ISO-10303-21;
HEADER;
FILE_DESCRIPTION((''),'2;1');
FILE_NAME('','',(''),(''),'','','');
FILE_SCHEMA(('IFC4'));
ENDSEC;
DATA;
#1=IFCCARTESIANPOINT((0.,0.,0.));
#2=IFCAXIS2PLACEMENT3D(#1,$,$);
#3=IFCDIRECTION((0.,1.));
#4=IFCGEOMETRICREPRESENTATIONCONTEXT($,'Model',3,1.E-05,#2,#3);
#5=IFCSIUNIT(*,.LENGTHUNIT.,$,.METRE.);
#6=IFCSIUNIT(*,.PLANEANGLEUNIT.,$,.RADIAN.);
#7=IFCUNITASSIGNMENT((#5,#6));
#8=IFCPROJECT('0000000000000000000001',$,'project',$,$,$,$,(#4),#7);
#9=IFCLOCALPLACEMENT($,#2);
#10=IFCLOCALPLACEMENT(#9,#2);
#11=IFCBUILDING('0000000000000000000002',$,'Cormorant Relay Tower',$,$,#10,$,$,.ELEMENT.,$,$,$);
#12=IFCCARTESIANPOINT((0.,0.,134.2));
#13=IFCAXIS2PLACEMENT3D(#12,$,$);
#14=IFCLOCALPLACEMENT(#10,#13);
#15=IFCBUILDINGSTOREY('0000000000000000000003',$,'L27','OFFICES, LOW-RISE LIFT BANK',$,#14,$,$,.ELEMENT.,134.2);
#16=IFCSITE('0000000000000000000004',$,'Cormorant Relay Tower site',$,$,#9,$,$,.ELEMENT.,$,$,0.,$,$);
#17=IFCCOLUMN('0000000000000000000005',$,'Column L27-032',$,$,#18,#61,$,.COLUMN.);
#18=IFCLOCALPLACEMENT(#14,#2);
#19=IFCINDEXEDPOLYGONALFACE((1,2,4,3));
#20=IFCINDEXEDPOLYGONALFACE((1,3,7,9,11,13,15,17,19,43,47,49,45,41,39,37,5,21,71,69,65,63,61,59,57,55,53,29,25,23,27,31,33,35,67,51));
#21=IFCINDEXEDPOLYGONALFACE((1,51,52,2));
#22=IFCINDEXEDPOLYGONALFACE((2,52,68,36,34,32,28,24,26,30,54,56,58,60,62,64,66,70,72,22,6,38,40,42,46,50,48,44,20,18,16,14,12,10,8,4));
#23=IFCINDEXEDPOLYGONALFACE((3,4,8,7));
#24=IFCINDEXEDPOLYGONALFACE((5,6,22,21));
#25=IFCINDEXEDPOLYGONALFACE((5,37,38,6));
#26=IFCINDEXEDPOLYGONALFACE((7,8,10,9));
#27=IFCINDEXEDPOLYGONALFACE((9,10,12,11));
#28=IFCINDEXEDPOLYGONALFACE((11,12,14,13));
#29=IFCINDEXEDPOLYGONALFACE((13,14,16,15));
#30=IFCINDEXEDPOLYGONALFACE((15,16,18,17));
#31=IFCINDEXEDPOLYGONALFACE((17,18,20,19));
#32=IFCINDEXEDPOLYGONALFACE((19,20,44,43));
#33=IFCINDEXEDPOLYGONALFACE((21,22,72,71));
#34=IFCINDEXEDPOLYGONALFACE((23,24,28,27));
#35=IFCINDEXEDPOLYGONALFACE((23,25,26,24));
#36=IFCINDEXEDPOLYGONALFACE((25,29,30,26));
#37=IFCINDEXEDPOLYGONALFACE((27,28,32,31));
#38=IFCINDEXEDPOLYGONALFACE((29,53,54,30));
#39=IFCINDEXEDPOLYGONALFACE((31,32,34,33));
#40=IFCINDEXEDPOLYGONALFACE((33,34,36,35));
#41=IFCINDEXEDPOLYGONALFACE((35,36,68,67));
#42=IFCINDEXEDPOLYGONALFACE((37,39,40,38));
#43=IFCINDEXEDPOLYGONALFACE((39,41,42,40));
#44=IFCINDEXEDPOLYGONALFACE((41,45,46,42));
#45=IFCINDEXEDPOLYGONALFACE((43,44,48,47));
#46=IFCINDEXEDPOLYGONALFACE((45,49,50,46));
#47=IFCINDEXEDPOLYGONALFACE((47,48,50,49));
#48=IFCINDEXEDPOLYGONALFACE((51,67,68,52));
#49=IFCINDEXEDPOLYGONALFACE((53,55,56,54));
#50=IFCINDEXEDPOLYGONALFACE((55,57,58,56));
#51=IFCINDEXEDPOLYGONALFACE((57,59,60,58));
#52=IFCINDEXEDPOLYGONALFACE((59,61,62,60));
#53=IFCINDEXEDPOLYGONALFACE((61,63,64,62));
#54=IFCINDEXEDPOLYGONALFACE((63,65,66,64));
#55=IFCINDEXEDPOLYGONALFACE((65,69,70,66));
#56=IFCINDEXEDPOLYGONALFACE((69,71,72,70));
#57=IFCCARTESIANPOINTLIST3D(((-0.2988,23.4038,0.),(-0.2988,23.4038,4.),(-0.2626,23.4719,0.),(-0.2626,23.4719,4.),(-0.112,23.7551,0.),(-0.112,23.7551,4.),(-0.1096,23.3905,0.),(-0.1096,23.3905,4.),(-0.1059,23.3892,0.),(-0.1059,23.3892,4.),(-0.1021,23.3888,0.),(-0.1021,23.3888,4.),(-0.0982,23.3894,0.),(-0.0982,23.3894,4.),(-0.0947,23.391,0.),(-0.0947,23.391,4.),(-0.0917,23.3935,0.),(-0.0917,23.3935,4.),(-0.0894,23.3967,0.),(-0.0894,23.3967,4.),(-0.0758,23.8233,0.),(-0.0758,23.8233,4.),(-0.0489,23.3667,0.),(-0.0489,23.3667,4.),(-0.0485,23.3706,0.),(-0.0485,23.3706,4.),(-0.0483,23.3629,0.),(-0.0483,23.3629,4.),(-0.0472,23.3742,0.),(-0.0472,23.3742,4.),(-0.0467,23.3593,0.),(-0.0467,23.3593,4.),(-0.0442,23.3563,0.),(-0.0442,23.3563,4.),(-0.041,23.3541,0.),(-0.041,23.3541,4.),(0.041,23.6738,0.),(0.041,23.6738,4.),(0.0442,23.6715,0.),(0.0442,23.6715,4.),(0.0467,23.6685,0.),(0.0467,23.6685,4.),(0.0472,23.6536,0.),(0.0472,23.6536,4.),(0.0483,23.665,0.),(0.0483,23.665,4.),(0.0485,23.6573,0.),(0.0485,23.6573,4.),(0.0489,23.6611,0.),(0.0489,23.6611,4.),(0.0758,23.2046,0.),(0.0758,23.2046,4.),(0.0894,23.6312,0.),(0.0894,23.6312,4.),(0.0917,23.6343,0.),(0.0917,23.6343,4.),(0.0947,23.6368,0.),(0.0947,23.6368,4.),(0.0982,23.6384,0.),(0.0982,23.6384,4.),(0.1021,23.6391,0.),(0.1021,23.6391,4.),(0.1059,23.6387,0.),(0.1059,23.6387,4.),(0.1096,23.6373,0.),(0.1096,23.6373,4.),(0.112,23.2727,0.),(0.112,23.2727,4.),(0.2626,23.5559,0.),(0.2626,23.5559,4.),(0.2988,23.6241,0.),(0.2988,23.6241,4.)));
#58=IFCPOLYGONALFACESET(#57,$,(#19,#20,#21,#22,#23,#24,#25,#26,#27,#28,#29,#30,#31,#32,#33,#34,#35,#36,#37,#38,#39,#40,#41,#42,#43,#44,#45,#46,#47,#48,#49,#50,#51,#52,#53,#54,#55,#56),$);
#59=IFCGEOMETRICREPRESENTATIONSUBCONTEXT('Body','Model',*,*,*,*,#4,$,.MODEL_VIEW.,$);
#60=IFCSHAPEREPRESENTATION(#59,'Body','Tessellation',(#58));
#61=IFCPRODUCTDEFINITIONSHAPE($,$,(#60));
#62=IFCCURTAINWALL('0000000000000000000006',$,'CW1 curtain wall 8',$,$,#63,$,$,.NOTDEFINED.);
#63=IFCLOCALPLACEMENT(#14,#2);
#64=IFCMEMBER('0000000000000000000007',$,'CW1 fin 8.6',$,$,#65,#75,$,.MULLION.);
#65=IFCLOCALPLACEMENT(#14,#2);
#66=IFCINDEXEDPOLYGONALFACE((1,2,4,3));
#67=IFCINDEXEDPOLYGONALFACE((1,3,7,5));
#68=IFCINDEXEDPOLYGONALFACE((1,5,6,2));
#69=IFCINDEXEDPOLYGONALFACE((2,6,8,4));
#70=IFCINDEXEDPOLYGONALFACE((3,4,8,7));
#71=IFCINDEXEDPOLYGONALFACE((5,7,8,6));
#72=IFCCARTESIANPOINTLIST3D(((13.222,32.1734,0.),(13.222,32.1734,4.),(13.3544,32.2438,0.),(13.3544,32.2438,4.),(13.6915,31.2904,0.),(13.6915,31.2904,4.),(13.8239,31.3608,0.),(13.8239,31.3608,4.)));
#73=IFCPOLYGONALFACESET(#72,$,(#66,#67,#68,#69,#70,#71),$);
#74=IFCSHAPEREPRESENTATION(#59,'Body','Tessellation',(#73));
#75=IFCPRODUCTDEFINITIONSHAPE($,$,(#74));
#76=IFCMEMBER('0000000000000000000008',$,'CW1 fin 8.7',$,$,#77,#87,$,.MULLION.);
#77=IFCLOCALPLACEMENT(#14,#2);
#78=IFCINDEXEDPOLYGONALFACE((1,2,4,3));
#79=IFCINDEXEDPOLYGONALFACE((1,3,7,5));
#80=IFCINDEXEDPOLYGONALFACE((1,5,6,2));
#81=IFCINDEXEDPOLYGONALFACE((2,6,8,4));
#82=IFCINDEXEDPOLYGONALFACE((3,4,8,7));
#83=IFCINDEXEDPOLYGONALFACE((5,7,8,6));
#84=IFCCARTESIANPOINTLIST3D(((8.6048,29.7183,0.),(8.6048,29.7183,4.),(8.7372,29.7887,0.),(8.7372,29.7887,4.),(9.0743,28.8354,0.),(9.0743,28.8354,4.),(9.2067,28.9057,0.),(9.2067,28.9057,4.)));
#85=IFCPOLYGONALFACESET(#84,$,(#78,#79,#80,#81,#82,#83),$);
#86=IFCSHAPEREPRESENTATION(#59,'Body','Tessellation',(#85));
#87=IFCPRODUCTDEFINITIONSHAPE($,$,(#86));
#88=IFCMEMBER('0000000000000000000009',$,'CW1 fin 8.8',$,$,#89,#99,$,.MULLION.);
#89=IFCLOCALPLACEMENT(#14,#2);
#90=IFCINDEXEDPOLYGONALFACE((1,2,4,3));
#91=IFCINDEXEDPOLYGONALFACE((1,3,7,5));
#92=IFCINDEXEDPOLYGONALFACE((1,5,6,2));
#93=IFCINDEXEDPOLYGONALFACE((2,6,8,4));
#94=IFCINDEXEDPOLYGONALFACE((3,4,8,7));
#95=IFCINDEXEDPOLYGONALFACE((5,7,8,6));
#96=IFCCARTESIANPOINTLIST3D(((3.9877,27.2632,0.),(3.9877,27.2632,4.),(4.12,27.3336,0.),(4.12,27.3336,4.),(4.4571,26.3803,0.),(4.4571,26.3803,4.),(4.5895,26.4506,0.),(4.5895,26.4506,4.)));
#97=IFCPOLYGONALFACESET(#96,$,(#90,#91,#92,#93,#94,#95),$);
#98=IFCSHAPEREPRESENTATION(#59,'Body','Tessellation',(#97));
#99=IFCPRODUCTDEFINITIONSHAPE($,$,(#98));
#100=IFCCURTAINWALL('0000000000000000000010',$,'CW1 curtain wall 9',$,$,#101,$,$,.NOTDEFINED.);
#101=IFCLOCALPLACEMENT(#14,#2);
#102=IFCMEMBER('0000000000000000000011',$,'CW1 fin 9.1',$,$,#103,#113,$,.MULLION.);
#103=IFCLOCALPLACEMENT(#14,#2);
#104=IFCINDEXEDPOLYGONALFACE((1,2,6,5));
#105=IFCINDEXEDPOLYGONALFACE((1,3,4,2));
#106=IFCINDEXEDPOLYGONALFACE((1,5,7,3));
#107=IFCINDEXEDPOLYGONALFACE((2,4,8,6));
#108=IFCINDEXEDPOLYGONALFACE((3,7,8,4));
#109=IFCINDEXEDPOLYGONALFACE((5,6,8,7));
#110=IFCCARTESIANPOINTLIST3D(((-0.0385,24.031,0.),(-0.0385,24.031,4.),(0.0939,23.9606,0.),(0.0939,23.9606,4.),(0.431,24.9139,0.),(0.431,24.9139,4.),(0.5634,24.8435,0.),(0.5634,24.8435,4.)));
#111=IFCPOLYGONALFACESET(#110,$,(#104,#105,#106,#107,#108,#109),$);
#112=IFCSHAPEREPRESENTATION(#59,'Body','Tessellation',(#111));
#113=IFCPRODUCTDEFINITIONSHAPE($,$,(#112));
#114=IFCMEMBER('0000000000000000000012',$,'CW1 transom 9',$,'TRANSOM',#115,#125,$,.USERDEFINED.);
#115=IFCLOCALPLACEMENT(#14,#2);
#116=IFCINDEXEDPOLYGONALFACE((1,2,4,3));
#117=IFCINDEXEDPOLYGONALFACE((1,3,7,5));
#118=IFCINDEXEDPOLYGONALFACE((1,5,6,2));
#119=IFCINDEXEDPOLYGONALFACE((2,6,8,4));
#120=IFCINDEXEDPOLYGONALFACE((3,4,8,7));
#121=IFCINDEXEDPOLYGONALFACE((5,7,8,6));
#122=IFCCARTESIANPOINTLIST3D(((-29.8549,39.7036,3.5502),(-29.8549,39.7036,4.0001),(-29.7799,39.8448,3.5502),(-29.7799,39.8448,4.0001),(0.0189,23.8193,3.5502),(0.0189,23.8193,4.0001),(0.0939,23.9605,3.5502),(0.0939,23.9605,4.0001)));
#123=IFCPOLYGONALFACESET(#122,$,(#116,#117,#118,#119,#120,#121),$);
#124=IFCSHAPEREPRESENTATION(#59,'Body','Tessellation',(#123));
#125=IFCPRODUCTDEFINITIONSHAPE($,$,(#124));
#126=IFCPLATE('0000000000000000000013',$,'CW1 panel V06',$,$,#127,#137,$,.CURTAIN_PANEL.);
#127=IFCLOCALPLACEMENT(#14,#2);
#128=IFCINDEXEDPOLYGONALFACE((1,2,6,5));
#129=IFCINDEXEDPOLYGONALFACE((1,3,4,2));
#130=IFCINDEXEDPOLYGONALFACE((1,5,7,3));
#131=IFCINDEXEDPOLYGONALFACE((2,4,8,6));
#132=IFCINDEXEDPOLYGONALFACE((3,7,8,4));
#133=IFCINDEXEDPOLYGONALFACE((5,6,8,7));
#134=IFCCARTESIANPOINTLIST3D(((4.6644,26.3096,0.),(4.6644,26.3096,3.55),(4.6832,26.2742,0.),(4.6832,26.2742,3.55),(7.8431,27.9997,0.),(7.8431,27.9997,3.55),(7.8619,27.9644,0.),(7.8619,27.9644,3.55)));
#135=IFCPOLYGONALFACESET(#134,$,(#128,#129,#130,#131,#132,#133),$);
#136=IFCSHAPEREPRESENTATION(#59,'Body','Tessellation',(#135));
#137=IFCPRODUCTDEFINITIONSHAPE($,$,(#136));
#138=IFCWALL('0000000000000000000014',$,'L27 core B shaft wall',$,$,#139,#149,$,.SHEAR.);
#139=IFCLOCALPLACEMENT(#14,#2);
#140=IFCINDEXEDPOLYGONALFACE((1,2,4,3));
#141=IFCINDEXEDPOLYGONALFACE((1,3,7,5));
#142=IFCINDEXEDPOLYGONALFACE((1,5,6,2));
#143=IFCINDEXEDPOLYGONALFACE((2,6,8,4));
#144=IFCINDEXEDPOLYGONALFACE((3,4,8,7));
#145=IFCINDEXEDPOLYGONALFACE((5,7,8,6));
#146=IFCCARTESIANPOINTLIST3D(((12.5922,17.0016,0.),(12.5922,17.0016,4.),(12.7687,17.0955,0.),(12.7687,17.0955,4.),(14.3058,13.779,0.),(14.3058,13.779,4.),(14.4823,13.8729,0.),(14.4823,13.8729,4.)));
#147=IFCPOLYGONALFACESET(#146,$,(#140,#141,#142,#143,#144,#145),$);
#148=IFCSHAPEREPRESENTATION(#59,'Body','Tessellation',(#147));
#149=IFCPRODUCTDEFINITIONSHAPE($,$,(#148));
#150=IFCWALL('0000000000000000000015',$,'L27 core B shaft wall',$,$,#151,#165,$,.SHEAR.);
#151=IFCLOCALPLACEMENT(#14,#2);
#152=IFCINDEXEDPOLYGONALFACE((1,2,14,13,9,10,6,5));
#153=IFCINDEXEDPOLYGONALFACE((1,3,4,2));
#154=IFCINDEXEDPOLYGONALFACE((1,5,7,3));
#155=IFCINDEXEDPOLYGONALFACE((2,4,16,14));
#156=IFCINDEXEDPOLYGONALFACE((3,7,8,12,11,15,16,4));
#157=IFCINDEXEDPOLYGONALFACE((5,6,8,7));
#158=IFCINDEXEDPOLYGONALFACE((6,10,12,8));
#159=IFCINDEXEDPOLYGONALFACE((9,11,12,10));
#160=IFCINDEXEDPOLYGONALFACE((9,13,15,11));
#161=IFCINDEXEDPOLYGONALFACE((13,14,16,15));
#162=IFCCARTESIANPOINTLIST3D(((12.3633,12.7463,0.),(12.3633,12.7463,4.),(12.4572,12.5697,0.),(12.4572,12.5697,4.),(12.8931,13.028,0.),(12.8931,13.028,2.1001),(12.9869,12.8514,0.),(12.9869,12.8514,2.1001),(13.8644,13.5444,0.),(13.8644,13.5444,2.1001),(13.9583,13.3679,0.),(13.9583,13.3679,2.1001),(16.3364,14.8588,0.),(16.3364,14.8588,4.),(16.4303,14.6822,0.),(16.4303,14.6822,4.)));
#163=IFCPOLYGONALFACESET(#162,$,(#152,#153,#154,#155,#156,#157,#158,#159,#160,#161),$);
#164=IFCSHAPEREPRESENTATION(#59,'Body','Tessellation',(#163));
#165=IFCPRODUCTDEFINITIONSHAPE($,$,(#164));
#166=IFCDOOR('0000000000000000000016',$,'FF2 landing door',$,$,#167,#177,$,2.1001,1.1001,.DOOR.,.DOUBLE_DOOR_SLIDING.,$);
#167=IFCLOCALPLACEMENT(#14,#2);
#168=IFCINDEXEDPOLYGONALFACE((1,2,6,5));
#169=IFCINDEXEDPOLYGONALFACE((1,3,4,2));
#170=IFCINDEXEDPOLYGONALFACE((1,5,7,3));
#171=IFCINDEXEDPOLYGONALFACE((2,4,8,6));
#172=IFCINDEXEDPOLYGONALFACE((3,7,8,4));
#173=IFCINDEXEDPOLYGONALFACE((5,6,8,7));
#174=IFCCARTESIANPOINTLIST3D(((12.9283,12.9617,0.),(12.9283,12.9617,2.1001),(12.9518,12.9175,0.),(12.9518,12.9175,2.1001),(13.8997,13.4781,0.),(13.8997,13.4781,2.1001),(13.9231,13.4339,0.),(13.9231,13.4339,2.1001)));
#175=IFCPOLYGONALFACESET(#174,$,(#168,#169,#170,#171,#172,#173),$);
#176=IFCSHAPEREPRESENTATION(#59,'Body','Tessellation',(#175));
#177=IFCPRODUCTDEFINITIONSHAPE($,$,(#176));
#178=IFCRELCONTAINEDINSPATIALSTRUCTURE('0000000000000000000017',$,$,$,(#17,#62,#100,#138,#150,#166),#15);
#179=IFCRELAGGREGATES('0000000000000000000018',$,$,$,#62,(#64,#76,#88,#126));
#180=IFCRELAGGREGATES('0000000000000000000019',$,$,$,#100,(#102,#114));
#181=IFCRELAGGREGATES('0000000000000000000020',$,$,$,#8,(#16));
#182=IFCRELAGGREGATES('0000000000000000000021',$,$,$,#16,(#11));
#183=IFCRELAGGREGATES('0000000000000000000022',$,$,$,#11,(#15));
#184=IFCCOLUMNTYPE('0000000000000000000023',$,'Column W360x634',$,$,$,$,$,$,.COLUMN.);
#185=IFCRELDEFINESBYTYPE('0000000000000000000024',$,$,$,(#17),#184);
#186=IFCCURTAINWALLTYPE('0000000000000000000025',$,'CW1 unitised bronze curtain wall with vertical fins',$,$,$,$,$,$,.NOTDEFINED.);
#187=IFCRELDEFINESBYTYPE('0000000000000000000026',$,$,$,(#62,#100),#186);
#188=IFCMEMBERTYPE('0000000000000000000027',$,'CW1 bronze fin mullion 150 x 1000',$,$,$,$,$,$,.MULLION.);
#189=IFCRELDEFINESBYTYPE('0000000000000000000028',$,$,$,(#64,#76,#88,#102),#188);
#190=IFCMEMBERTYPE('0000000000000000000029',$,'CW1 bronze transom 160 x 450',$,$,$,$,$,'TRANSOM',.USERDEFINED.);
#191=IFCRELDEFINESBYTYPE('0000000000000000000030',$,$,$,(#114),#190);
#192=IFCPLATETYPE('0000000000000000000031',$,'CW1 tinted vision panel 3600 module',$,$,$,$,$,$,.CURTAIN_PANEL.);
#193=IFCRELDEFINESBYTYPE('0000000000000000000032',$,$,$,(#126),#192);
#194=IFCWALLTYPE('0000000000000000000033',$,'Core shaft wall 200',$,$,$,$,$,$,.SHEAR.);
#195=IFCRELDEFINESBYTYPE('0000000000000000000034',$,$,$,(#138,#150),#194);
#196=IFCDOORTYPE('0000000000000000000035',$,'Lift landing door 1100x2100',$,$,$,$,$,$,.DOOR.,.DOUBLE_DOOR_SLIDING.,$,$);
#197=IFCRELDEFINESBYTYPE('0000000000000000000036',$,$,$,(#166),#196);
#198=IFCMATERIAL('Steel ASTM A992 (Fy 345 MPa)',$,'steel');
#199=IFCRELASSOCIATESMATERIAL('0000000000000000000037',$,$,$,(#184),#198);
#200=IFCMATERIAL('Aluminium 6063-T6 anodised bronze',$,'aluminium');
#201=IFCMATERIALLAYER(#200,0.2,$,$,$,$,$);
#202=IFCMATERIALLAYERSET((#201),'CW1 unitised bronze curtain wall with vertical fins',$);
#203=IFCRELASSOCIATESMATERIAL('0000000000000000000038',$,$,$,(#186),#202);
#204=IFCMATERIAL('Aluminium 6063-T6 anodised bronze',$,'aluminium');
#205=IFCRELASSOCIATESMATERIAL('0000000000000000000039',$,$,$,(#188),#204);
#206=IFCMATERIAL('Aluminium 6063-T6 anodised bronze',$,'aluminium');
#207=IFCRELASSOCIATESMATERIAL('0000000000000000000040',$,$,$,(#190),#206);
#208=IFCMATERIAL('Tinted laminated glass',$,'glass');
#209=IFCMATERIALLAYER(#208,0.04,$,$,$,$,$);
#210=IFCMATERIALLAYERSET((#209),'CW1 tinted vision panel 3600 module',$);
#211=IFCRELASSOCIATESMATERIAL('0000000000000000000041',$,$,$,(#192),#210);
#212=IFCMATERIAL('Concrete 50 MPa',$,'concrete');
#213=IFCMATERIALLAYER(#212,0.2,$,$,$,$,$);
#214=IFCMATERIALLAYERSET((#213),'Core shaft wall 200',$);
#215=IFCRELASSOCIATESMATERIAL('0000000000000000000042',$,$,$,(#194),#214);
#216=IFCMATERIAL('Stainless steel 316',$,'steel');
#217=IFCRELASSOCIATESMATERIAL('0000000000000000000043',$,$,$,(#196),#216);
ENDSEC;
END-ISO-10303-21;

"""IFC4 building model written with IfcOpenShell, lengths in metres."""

from ifc_helpers import new_model, si_unit, direction, frame, frame_2d, origin, origin_2d, place, context, subcontext, project, spatial, rectangle, i_section, extrude, material, layer, layer_set, material_profile, profile_set, type_object, element, fill, aggregate, save


model = new_model("IFC4")

# Units and contexts
model_context = context("Model", 3, precision=1e-05, world=origin(), true_north=direction((0.0, 1.0)))
body_context = subcontext(model_context, "Body", "Model", "MODEL_VIEW")
ifc_project = project(units=[si_unit("LENGTHUNIT", "METRE"), si_unit("PLANEANGLEUNIT", "RADIAN")], contexts=[model_context])

# Site, building, storey
site_placement = place(None, origin())
site = spatial("IfcSite", under=ifc_project, at=site_placement, Name="Cormorant Relay Tower site", CompositionType="ELEMENT", RefElevation=0.0)
building_placement = place(site_placement, origin())
building = spatial("IfcBuilding", under=site, at=building_placement, Name="Cormorant Relay Tower", CompositionType="ELEMENT")
storey_placement = place(building_placement, frame((0.0, 0.0, 134.2)))
storey = spatial("IfcBuildingStorey", under=building, at=storey_placement, Name="L27", Description="OFFICES, LOW-RISE LIFT BANK", CompositionType="ELEMENT", Elevation=134.2)

# Column
ifc_material_1 = material(Name="Steel ASTM A992 (Fy 345 MPa)", Category="steel")
ifc_material_profile_1 = material_profile(ifc_material_1, i_section(OverallWidth=0.4243, OverallDepth=0.4751, WebThickness=0.0479, FlangeThickness=0.0771, FilletRadius=0.0149, at=origin_2d()), Name="W360x634")
ifc_profile_set_1 = profile_set([ifc_material_profile_1], Name="Steel ASTM A992 (Fy 345 MPa)")
column_type_1 = type_object("IfcColumnType", Name="Column W360x634", PredefinedType="COLUMN", material=ifc_profile_set_1)
column_1_placement = place(storey_placement, frame((0.0, 23.5139, 0.0), z_axis=(0.0, 0.0, 1.0), x_axis=(-0.882948, 0.469472, 0.0)))
element("IfcColumn", 1, at=column_1_placement, inside=storey, type_object=column_type_1, Name="Column L27-032", PredefinedType="COLUMN", context=body_context, shape_type="SweptSolid", body=[
    extrude(i_section(OverallWidth=0.4243, OverallDepth=0.4751, WebThickness=0.0479, FlangeThickness=0.0771, FilletRadius=0.0149, at=origin_2d()), origin(), (0.0, 0.0, 1.0), 4.0),
])

# Curtain walls, members
ifc_material_2 = material(Name="Aluminium 6063-T6 anodised bronze", Category="aluminium")
ifc_layer_1 = layer(ifc_material_2, 0.2)
ifc_layer_set_1 = layer_set([ifc_layer_1], Name="CW1 unitised bronze curtain wall with vertical fins")
curtain_wall_type = type_object("IfcCurtainWallType", Name="CW1 unitised bronze curtain wall with vertical fins", PredefinedType="NOTDEFINED", material=ifc_layer_set_1)
curtain_wall_1_placement = place(storey_placement, origin())
curtain_wall_1 = element("IfcCurtainWall", 2, at=curtain_wall_1_placement, inside=storey, type_object=curtain_wall_type, Name="CW1 curtain wall 8", PredefinedType="NOTDEFINED")
ifc_material_3 = material(Name="Aluminium 6063-T6 anodised bronze", Category="aluminium")
ifc_material_profile_2 = material_profile(ifc_material_3, rectangle(XDim=0.1499, YDim=1.0, at=origin_2d()), Name="AL 150x1000")
ifc_profile_set_2 = profile_set([ifc_material_profile_2], Name="Aluminium 6063-T6 anodised bronze")
member_type_1 = type_object("IfcMemberType", Name="CW1 bronze fin mullion 150 x 1000", PredefinedType="MULLION", material=ifc_profile_set_2)
member_1_placement = place(storey_placement, frame((13.5229, 31.7671, 0.0), z_axis=(0.0, 0.0, 1.0), x_axis=(-0.882948, -0.469472, 0.0)))
member_1 = element("IfcMember", 3, at=member_1_placement, type_object=member_type_1, Name="CW1 fin 8.6", PredefinedType="MULLION", context=body_context, shape_type="SweptSolid", body=[
    extrude(rectangle(XDim=0.1499, YDim=1.0, at=origin_2d()), origin(), (0.0, 0.0, 1.0), 4.0),
])
member_2_placement = place(storey_placement, frame((8.9058, 29.312, 0.0), z_axis=(0.0, 0.0, 1.0), x_axis=(-0.882948, -0.469472, 0.0)))
member_2 = element("IfcMember", 4, at=member_2_placement, type_object=member_type_1, Name="CW1 fin 8.7", PredefinedType="MULLION", context=body_context, shape_type="SweptSolid", body=[
    extrude(rectangle(XDim=0.1499, YDim=1.0, at=origin_2d()), origin(), (0.0, 0.0, 1.0), 4.0),
])
member_3_placement = place(storey_placement, frame((4.2886, 26.8569, 0.0), z_axis=(0.0, 0.0, 1.0), x_axis=(-0.882948, -0.469472, 0.0)))
member_3 = element("IfcMember", 5, at=member_3_placement, type_object=member_type_1, Name="CW1 fin 8.8", PredefinedType="MULLION", context=body_context, shape_type="SweptSolid", body=[
    extrude(rectangle(XDim=0.1499, YDim=1.0, at=origin_2d()), origin(), (0.0, 0.0, 1.0), 4.0),
])
curtain_wall_2_placement = place(storey_placement, origin())
curtain_wall_2 = element("IfcCurtainWall", 6, at=curtain_wall_2_placement, inside=storey, type_object=curtain_wall_type, Name="CW1 curtain wall 9", PredefinedType="NOTDEFINED")
member_4_placement = place(storey_placement, frame((0.2625, 24.4373, 0.0), z_axis=(0.0, 0.0, 1.0), x_axis=(-0.882948, 0.469472, 0.0)))
member_4 = element("IfcMember", 7, at=member_4_placement, type_object=member_type_1, Name="CW1 fin 9.1", PredefinedType="MULLION", context=body_context, shape_type="SweptSolid", body=[
    extrude(rectangle(XDim=0.1499, YDim=1.0, at=origin_2d()), origin(), (0.0, 0.0, 1.0), 4.0),
])
ifc_material_4 = material(Name="Aluminium 6063-T6 anodised bronze", Category="aluminium")
ifc_material_profile_3 = material_profile(ifc_material_4, rectangle(XDim=0.1599, YDim=0.45, at=origin_2d()), Name="AL 160x450")
ifc_profile_set_3 = profile_set([ifc_material_profile_3], Name="Aluminium 6063-T6 anodised bronze")
member_type_2 = type_object("IfcMemberType", Name="CW1 bronze transom 160 x 450", ElementType="TRANSOM", PredefinedType="USERDEFINED", material=ifc_profile_set_3)
member_5_placement = place(storey_placement, frame((0.0564, 23.8899, 3.7751), z_axis=(-0.882946, 0.469474, 0.0), x_axis=(-0.469474, -0.882946, 0.0)))
member_5 = element("IfcMember", 8, at=member_5_placement, type_object=member_type_2, Name="CW1 transom 9", ObjectType="TRANSOM", PredefinedType="USERDEFINED", context=body_context, shape_type="SweptSolid", body=[
    extrude(rectangle(XDim=0.1599, YDim=0.45, at=origin_2d()), origin(), (0.0, 0.0, 1.0), 33.8342),
])

# Plate
ifc_material_5 = material(Name="Tinted laminated glass", Category="glass")
ifc_layer_2 = layer(ifc_material_5, 0.04)
ifc_layer_set_2 = layer_set([ifc_layer_2], Name="CW1 tinted vision panel 3600 module")
plate_type = type_object("IfcPlateType", Name="CW1 tinted vision panel 3600 module", PredefinedType="CURTAIN_PANEL", material=ifc_layer_set_2)
plate_placement = place(storey_placement, frame((6.2632, 27.137, 0.0), z_axis=(0.0, 0.0, 1.0), x_axis=(-0.882948, -0.469472, 0.0)))
plate = element("IfcPlate", 9, at=plate_placement, type_object=plate_type, Name="CW1 panel V06", PredefinedType="CURTAIN_PANEL", context=body_context, shape_type="SweptSolid", body=[
    extrude(rectangle(XDim=3.6001, YDim=0.04, at=origin_2d()), origin(), (0.0, 0.0, 1.0), 3.55),
])

# Wall
ifc_material_6 = material(Name="Concrete 50 MPa", Category="concrete")
ifc_layer_3 = layer(ifc_material_6, 0.2)
ifc_layer_set_3 = layer_set([ifc_layer_3], Name="Core shaft wall 200")
wall_type_1 = type_object("IfcWallType", Name="Core shaft wall 200", PredefinedType="SHEAR", material=ifc_layer_set_3)
wall_1_placement = place(storey_placement, frame((14.394, 13.8259, 0.0), z_axis=(0.0, 0.0, 1.0), x_axis=(-0.469494, 0.882936, 0.0)))
element("IfcWall", 10, at=wall_1_placement, inside=storey, type_object=wall_type_1, Name="L27 core B shaft wall", PredefinedType="SHEAR", context=body_context, shape_type="SweptSolid", body=[
    extrude(rectangle(XDim=3.6499, YDim=0.2, at=frame_2d((1.825, 0.0))), origin(), (0.0, 0.0, 1.0), 4.0),
])

# Wall, opening, door
wall_2_placement = place(storey_placement, frame((12.4102, 12.658, 0.0), z_axis=(0.0, 0.0, 1.0), x_axis=(0.882948, 0.46947, 0.0)))
wall_2 = element("IfcWall", 11, at=wall_2_placement, inside=storey, type_object=wall_type_1, Name="L27 core B shaft wall", PredefinedType="SHEAR", context=body_context, shape_type="SweptSolid", body=[
    extrude(rectangle(XDim=4.4998, YDim=0.2, at=frame_2d((2.25, 0.0))), origin(), (0.0, 0.0, 1.0), 4.0),
])
opening_1_placement = place(wall_2_placement, frame((0.6001, 0.0, 0.0)))
opening_1 = element("IfcOpeningElement", 12, at=opening_1_placement, cuts=wall_2, PredefinedType="OPENING", context=body_context, shape_type="SweptSolid", body=[
    extrude(rectangle(XDim=1.1001, YDim=2.1001, at=frame_2d((0.55, 1.05))), frame((0.0, 0.1099, 0.0), z_axis=(0.0, -1.0, 0.0), x_axis=(1.0, 0.0, 0.0)), (0.0, 0.0, 1.0), 0.22),
])
ifc_material_7 = material(Name="Stainless steel 316", Category="steel")
door_type_1 = type_object("IfcDoorType", Name="Lift landing door 1100x2100", OperationType="DOUBLE_DOOR_SLIDING", PredefinedType="DOOR", material=ifc_material_7)
door_1_placement = place(opening_1_placement, origin())
door_1 = element("IfcDoor", 13, at=door_1_placement, inside=storey, type_object=door_type_1, Name="FF2 landing door", OperationType="DOUBLE_DOOR_SLIDING", OverallHeight=2.1001, OverallWidth=1.1001, PredefinedType="DOOR", context=body_context, shape_type="SweptSolid", body=[
    extrude(rectangle(XDim=1.1001, YDim=2.1001, at=frame_2d((0.55, 1.05))), frame((0.0, 0.0249, 0.0), z_axis=(0.0, -1.0, 0.0), x_axis=(1.0, 0.0, 0.0)), (0.0, 0.0, 1.0), 0.05),
])
fill(opening_1, door_1)

aggregate(curtain_wall_1, [member_1, member_2, member_3, plate])
aggregate(curtain_wall_2, [member_4, member_5])

save(model, "model.ifc")
